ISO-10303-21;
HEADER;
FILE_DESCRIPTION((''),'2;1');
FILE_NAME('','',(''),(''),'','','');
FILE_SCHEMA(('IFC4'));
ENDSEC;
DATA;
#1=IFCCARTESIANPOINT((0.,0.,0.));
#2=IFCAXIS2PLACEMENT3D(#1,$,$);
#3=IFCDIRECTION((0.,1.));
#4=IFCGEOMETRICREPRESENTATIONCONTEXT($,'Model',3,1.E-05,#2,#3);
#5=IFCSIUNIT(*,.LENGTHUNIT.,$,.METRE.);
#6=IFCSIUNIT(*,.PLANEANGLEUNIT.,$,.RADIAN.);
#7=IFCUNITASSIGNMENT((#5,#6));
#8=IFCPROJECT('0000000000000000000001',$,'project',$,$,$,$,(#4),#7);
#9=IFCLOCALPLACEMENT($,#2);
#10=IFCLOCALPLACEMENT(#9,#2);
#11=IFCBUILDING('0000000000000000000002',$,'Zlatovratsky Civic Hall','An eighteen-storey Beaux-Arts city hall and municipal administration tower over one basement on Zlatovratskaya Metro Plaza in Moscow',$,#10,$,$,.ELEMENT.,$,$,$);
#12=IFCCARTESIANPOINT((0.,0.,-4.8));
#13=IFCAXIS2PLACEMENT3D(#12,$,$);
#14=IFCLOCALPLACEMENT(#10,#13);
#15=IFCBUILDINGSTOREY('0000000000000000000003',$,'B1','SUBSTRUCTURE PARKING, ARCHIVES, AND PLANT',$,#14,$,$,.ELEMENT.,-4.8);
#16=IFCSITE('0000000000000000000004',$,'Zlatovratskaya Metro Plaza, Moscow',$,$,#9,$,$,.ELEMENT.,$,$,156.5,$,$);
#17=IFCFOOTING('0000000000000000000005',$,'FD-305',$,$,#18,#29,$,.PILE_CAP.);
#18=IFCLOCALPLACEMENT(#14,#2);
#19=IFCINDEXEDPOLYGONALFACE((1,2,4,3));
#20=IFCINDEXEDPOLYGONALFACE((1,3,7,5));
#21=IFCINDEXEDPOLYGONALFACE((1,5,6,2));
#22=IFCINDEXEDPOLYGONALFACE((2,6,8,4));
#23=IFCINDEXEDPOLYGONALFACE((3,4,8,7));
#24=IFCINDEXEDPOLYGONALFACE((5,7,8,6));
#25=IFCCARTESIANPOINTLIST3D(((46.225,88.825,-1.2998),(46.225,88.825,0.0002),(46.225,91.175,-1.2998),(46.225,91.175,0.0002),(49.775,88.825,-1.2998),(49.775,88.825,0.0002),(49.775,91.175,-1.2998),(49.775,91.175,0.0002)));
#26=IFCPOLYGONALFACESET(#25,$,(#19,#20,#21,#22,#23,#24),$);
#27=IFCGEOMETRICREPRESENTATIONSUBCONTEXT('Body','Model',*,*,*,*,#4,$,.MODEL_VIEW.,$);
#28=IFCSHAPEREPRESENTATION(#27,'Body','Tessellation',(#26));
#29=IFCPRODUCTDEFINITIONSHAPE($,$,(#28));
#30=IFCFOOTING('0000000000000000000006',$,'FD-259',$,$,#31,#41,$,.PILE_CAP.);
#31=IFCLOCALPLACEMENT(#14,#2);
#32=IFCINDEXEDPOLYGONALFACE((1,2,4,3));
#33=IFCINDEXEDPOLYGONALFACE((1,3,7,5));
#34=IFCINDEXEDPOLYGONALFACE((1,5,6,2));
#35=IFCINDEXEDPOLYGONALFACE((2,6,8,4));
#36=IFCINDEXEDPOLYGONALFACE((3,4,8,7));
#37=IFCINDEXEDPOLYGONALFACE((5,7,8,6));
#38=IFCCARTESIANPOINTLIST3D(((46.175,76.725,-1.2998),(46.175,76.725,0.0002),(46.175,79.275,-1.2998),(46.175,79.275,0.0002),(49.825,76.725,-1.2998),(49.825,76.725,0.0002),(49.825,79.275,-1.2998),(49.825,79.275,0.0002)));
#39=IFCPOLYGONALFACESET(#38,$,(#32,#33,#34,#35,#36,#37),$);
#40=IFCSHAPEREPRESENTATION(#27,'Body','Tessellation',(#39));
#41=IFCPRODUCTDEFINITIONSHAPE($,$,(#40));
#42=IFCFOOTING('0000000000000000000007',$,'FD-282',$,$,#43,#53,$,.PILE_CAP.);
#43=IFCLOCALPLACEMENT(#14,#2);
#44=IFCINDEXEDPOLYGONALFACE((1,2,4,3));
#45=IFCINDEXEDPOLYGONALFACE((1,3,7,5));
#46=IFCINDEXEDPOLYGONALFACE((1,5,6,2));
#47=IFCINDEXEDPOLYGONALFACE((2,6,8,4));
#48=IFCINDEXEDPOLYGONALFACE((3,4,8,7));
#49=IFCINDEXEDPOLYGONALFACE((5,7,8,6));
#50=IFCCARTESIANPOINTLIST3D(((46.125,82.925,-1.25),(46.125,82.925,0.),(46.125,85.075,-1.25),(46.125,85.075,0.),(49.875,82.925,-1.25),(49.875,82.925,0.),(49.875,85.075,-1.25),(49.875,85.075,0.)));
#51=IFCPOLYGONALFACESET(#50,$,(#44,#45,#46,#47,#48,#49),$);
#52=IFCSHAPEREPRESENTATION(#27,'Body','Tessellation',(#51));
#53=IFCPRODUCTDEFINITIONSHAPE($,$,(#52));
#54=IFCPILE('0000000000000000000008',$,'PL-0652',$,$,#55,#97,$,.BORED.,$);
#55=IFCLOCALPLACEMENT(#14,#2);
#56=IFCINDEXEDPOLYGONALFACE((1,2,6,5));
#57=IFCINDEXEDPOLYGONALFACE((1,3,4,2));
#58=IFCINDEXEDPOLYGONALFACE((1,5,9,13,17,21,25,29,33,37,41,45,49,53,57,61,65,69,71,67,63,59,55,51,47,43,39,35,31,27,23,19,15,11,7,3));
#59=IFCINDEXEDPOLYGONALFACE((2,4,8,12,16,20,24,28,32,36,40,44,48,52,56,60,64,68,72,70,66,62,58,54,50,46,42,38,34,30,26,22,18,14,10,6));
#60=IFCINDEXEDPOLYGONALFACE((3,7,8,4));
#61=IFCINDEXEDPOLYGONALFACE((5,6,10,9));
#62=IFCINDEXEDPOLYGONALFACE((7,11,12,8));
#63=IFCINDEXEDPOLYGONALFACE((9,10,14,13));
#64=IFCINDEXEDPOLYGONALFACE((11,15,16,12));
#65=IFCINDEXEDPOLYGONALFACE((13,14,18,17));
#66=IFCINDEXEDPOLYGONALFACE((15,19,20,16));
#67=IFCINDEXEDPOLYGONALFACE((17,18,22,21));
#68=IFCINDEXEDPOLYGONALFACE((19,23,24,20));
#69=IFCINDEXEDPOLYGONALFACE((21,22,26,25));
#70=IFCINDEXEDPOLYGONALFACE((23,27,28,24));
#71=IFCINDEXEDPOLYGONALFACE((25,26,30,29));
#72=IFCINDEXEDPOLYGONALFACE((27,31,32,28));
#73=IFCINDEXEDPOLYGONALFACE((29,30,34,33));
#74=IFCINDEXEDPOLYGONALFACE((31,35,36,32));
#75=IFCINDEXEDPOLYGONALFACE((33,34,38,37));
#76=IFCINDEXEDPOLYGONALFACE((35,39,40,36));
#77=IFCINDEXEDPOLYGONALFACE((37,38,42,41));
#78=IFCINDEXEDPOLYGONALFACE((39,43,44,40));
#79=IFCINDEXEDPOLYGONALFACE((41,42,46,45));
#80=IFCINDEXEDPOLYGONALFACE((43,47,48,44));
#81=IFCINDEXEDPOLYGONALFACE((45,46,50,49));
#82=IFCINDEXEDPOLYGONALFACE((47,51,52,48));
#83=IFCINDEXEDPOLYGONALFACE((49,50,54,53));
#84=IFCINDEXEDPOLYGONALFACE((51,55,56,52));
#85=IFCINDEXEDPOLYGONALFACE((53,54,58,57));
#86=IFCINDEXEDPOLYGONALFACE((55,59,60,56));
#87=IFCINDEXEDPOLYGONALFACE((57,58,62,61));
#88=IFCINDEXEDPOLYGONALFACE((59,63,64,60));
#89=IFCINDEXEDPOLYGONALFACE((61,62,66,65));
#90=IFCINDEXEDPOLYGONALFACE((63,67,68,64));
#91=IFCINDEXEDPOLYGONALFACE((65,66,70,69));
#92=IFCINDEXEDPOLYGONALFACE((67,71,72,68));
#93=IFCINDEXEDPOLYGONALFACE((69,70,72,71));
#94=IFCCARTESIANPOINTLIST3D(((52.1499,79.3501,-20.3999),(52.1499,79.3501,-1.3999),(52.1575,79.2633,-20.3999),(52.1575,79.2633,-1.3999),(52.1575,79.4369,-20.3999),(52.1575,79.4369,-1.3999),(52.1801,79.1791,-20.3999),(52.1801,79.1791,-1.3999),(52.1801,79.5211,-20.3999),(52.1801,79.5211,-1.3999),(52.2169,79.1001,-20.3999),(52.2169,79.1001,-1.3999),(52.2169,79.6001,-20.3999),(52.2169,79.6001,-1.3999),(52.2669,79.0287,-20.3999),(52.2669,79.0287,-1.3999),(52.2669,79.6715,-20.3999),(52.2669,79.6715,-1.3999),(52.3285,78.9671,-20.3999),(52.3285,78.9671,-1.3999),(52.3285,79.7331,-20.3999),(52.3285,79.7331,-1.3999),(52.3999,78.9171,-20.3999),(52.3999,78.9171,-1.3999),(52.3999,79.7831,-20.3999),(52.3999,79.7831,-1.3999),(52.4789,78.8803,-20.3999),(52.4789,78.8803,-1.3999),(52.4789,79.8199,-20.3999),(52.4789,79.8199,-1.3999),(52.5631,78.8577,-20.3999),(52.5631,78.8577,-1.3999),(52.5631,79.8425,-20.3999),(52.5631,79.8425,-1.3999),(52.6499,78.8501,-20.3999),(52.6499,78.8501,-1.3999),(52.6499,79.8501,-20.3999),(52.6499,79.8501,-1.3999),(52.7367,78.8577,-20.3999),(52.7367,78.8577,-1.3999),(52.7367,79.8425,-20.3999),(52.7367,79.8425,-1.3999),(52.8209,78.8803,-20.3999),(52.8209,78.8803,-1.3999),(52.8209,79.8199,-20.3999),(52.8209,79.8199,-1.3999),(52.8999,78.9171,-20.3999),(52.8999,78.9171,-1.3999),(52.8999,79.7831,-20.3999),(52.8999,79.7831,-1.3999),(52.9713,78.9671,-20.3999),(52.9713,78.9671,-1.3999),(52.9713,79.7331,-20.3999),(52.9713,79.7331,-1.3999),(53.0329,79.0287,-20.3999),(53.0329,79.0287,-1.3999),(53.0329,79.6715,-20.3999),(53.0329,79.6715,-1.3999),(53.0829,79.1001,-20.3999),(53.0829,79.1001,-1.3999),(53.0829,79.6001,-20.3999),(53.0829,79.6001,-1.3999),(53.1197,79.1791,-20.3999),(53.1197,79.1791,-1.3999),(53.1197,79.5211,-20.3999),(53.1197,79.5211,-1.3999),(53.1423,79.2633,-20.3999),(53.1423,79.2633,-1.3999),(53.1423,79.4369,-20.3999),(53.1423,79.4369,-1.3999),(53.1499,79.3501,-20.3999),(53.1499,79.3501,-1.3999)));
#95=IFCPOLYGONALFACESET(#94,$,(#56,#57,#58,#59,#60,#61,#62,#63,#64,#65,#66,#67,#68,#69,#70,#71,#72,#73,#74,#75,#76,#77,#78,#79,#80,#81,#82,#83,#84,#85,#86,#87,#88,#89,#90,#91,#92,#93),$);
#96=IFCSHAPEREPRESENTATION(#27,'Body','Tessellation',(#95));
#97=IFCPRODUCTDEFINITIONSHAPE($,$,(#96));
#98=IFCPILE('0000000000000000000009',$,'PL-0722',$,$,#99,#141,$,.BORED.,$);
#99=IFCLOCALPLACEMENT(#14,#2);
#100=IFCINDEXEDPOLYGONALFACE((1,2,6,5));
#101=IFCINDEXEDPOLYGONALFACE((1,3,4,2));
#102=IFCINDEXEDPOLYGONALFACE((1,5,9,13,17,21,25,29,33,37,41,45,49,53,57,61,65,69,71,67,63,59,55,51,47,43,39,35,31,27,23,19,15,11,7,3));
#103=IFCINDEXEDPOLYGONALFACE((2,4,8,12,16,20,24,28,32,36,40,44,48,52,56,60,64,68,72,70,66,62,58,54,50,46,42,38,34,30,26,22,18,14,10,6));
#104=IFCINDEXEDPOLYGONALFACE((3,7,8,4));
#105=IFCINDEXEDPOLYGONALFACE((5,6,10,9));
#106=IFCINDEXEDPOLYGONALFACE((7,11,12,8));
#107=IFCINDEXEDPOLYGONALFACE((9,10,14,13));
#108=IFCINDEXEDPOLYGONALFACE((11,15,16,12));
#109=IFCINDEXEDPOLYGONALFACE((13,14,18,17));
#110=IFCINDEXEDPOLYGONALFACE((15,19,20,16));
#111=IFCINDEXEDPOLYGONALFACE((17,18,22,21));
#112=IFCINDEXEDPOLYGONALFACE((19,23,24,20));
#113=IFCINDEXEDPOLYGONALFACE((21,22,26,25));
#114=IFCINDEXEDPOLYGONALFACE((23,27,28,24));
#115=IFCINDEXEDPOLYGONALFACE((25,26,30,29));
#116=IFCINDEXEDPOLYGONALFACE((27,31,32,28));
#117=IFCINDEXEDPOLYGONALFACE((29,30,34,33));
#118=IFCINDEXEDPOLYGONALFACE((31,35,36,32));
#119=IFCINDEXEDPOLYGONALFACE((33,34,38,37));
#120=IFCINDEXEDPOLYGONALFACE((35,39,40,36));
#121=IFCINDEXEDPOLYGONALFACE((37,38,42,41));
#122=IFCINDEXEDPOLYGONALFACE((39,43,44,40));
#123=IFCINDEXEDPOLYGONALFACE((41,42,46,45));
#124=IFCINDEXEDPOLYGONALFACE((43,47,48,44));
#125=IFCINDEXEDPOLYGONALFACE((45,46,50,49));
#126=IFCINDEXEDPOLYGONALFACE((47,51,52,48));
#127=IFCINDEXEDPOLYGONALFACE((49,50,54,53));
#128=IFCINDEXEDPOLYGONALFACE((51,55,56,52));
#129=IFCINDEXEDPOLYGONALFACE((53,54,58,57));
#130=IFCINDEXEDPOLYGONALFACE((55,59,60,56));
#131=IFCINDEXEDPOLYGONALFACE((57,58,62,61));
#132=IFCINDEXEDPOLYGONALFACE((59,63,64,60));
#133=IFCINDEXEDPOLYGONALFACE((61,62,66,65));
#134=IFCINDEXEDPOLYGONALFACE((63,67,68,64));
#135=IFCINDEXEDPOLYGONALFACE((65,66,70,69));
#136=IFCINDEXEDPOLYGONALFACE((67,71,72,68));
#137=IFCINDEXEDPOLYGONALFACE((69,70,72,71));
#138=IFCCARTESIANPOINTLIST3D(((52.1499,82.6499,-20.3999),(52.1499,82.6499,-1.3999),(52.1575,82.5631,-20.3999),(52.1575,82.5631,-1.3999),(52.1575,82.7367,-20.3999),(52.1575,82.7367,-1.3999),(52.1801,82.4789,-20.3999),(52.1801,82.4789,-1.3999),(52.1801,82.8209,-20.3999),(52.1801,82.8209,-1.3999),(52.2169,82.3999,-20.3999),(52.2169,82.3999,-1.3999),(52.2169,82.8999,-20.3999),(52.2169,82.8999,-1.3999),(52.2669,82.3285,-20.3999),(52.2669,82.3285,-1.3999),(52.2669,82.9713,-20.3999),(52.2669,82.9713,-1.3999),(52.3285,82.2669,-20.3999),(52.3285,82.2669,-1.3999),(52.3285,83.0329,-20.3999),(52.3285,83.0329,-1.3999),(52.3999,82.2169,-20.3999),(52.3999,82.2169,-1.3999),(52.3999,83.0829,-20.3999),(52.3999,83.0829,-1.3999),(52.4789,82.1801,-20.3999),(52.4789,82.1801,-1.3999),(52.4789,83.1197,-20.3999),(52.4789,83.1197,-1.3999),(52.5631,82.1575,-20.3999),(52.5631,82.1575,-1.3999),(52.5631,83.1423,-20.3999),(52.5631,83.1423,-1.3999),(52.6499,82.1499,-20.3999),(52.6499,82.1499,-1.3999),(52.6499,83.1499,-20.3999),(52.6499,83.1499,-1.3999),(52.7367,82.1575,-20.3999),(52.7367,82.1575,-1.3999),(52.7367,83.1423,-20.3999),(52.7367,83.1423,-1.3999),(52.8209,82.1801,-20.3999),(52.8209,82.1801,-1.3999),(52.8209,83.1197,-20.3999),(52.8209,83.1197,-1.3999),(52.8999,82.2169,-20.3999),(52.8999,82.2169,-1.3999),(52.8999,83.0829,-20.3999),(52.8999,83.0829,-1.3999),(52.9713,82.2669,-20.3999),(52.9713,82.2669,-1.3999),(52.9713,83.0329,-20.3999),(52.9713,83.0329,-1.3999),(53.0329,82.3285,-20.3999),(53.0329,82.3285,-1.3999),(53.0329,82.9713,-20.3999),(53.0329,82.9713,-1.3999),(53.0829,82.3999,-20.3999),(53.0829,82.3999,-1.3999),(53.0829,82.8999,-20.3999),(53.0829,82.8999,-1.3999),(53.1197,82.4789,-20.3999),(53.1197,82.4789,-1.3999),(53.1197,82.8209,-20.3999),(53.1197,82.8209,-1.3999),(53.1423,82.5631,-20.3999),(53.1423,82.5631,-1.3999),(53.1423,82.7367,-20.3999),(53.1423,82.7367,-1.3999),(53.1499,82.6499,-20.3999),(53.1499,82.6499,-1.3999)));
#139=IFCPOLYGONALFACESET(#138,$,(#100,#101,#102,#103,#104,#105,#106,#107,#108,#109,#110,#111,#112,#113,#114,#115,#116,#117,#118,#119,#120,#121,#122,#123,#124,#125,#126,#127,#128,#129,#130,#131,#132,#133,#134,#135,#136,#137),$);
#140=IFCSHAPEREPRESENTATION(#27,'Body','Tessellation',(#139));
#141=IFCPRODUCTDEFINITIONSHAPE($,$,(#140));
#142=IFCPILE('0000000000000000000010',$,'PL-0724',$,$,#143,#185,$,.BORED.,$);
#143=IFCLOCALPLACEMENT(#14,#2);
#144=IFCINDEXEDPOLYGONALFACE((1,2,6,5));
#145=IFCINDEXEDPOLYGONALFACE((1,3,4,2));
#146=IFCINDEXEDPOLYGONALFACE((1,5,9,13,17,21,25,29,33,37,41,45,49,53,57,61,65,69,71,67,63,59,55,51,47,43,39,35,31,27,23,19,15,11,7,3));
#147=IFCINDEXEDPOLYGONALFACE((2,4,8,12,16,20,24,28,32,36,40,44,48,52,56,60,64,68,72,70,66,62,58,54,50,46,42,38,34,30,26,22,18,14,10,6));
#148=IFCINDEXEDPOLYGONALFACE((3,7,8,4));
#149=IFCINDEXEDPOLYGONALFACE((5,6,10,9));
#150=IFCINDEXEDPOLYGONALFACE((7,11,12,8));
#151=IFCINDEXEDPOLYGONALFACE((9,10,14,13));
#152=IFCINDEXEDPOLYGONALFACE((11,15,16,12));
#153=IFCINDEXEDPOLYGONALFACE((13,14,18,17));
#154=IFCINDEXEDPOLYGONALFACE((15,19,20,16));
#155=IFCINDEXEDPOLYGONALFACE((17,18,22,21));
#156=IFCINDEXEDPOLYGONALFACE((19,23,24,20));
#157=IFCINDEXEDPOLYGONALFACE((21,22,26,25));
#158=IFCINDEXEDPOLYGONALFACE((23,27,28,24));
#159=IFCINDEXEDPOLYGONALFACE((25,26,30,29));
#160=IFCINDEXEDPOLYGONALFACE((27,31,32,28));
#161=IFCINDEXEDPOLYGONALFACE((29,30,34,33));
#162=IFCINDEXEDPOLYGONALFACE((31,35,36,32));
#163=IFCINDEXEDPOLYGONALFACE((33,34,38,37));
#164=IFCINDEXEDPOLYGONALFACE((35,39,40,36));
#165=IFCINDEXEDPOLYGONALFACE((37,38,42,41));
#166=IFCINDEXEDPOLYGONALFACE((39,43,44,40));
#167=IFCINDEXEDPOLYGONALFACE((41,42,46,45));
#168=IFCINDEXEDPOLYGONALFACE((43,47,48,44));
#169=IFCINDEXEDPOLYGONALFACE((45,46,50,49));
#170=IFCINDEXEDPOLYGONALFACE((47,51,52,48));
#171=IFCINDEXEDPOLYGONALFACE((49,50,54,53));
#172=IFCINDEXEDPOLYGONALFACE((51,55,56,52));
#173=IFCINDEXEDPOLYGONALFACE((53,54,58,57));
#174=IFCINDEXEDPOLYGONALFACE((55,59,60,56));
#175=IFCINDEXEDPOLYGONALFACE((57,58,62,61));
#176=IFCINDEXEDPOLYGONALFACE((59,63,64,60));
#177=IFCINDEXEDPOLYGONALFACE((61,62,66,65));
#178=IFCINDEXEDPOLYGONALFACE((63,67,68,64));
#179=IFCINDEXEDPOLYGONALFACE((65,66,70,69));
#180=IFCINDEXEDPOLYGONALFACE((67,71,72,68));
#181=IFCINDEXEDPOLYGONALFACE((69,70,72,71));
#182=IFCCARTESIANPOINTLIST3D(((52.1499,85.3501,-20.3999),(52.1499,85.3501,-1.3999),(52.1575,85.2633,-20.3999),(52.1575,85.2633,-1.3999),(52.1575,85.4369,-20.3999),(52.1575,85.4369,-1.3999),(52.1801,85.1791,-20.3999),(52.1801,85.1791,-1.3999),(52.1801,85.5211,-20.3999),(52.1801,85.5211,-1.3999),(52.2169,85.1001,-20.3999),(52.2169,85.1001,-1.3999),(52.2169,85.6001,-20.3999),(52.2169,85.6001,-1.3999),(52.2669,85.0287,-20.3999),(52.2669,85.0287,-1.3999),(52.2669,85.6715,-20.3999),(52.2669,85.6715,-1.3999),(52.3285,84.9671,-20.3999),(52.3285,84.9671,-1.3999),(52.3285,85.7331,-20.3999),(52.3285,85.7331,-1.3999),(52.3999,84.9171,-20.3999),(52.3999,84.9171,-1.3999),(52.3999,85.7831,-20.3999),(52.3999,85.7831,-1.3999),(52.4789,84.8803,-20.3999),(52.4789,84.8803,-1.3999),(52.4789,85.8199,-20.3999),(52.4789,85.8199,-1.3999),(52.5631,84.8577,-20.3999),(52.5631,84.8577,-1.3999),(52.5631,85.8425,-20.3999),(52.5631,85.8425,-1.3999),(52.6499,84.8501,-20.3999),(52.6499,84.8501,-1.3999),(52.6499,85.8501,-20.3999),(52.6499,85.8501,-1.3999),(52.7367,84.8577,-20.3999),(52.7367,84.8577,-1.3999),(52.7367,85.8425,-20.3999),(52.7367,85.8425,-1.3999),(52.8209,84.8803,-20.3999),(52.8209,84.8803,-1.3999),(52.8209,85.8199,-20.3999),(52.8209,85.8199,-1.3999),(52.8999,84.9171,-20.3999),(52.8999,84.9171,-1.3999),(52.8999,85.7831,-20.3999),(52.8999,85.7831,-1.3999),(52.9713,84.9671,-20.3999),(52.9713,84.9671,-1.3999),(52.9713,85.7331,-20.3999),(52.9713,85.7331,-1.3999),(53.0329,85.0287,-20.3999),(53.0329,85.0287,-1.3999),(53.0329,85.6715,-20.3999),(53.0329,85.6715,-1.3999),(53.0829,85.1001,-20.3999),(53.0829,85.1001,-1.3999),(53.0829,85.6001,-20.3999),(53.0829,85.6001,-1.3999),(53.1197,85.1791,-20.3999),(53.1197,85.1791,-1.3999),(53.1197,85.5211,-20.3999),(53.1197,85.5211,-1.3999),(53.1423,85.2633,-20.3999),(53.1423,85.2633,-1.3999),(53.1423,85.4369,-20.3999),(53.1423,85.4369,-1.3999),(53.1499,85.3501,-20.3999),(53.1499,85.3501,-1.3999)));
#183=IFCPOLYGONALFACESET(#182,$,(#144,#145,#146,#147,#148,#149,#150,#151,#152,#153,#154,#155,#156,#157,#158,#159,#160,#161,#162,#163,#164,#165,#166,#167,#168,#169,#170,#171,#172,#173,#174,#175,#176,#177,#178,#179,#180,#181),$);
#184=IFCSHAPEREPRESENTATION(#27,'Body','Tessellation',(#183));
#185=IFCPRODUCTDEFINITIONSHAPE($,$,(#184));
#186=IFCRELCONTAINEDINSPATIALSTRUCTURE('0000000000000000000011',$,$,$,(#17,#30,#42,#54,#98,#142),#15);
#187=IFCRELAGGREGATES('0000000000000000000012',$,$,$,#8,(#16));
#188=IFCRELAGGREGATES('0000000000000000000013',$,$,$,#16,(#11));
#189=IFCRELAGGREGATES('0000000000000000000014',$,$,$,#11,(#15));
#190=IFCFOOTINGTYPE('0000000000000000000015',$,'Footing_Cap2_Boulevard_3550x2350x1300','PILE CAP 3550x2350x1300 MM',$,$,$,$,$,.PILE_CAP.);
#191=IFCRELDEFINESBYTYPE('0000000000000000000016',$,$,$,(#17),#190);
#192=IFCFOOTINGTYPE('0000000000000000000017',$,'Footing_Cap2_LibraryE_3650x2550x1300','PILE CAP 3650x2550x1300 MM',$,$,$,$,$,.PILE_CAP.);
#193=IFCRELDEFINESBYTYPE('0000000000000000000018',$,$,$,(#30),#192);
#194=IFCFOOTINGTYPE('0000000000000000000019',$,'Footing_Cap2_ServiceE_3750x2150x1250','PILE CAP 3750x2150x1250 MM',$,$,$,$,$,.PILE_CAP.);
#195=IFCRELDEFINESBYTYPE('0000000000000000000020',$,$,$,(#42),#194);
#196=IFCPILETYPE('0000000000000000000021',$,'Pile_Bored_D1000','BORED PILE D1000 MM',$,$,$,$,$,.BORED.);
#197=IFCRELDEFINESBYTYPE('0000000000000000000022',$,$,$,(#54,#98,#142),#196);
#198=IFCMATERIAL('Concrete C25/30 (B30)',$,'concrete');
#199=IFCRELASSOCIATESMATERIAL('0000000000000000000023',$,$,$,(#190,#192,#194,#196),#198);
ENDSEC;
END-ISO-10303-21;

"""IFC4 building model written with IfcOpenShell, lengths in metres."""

from ifc_helpers import new_model, si_unit, direction, frame, origin, origin_2d, place, context, subcontext, project, spatial, rectangle, circle, extrude, material, material_profile, profile_set, type_object, element, save


model = new_model("IFC4")

# Units and contexts
model_context = context("Model", 3, precision=1e-05, world=origin(), true_north=direction((0.0, 1.0)))
body_context = subcontext(model_context, "Body", "Model", "MODEL_VIEW")
ifc_project = project(units=[si_unit("LENGTHUNIT", "METRE"), si_unit("PLANEANGLEUNIT", "RADIAN")], contexts=[model_context])

# Site, building, storey
site_placement = place(None, origin())
site = spatial("IfcSite", under=ifc_project, at=site_placement, Name="Zlatovratskaya Metro Plaza, Moscow", CompositionType="ELEMENT", RefElevation=156.5)
building_placement = place(site_placement, origin())
building = spatial("IfcBuilding", under=site, at=building_placement, Name="Zlatovratsky Civic Hall", Description="An eighteen-storey Beaux-Arts city hall and municipal administration tower over one basement on Zlatovratskaya Metro Plaza in Moscow", CompositionType="ELEMENT")
storey_placement = place(building_placement, frame((0.0, 0.0, -4.8)))
storey = spatial("IfcBuildingStorey", under=building, at=storey_placement, Name="B1", Description="SUBSTRUCTURE PARKING, ARCHIVES, AND PLANT", CompositionType="ELEMENT", Elevation=-4.8)

# Footings
ifc_material_1 = material(Name="Concrete C25/30 (B30)", Category="concrete")
footing_type_1 = type_object("IfcFootingType", Name="Footing_Cap2_Boulevard_3550x2350x1300", Description="PILE CAP 3550x2350x1300 MM", PredefinedType="PILE_CAP", material=ifc_material_1)
footing_1_placement = place(storey_placement, frame((48.0, 90.0, -1.2998), z_axis=(0.0, 0.0, 1.0), x_axis=(1.0, 0.0, 0.0)))
element("IfcFooting", 1, at=footing_1_placement, inside=storey, type_object=footing_type_1, Name="FD-305", PredefinedType="PILE_CAP", context=body_context, shape_type="SweptSolid", body=[
    extrude(rectangle(XDim=3.55, YDim=2.3501, at=origin_2d()), origin(), (0.0, 0.0, 1.0), 1.3),
])
footing_type_2 = type_object("IfcFootingType", Name="Footing_Cap2_LibraryE_3650x2550x1300", Description="PILE CAP 3650x2550x1300 MM", PredefinedType="PILE_CAP", material=ifc_material_1)
footing_2_placement = place(storey_placement, frame((48.0, 78.0, -1.2998), z_axis=(0.0, 0.0, 1.0), x_axis=(1.0, 0.0, 0.0)))
element("IfcFooting", 2, at=footing_2_placement, inside=storey, type_object=footing_type_2, Name="FD-259", PredefinedType="PILE_CAP", context=body_context, shape_type="SweptSolid", body=[
    extrude(rectangle(XDim=3.6499, YDim=2.55, at=origin_2d()), origin(), (0.0, 0.0, 1.0), 1.3),
])
footing_type_3 = type_object("IfcFootingType", Name="Footing_Cap2_ServiceE_3750x2150x1250", Description="PILE CAP 3750x2150x1250 MM", PredefinedType="PILE_CAP", material=ifc_material_1)
footing_3_placement = place(storey_placement, frame((48.0, 84.0, -1.25), z_axis=(0.0, 0.0, 1.0), x_axis=(1.0, 0.0, 0.0)))
element("IfcFooting", 3, at=footing_3_placement, inside=storey, type_object=footing_type_3, Name="FD-282", PredefinedType="PILE_CAP", context=body_context, shape_type="SweptSolid", body=[
    extrude(rectangle(XDim=3.75, YDim=2.1499, at=origin_2d()), origin(), (0.0, 0.0, 1.0), 1.25),
])

# Piles
ifc_material_profile_1 = material_profile(ifc_material_1, circle(Radius=0.5, at=origin_2d()), Name="PILE D1000")
ifc_profile_set_1 = profile_set([ifc_material_profile_1], Name="Concrete C25/30 (B30)")
pile_type_1 = type_object("IfcPileType", Name="Pile_Bored_D1000", Description="BORED PILE D1000 MM", PredefinedType="BORED", material=ifc_profile_set_1)
for number, where, z_axis, x_axis, name in (
    (4, (52.6499, 79.3501, -1.3999), (0.0, 0.0, -1.0), (1.0, 0.0, 0.0), "PL-0652"),
    (5, (52.6499, 82.6499, -1.3999), (0.0, 0.0, -1.0), (1.0, 0.0, 0.0), "PL-0722"),
    (6, (52.6499, 85.3501, -1.3999), (0.0, 0.0, -1.0), (1.0, 0.0, 0.0), "PL-0724"),
):
    element("IfcPile", number, at=place(storey_placement, frame(where, z_axis=z_axis, x_axis=x_axis)), inside=storey, type_object=pile_type_1, Name=name, PredefinedType="BORED", context=body_context, shape_type="SweptSolid", body=[
        extrude(circle(Radius=0.5, at=origin_2d()), origin(), (0.0, 0.0, 1.0), 19.0),
    ])

save(model, "model.ifc")
